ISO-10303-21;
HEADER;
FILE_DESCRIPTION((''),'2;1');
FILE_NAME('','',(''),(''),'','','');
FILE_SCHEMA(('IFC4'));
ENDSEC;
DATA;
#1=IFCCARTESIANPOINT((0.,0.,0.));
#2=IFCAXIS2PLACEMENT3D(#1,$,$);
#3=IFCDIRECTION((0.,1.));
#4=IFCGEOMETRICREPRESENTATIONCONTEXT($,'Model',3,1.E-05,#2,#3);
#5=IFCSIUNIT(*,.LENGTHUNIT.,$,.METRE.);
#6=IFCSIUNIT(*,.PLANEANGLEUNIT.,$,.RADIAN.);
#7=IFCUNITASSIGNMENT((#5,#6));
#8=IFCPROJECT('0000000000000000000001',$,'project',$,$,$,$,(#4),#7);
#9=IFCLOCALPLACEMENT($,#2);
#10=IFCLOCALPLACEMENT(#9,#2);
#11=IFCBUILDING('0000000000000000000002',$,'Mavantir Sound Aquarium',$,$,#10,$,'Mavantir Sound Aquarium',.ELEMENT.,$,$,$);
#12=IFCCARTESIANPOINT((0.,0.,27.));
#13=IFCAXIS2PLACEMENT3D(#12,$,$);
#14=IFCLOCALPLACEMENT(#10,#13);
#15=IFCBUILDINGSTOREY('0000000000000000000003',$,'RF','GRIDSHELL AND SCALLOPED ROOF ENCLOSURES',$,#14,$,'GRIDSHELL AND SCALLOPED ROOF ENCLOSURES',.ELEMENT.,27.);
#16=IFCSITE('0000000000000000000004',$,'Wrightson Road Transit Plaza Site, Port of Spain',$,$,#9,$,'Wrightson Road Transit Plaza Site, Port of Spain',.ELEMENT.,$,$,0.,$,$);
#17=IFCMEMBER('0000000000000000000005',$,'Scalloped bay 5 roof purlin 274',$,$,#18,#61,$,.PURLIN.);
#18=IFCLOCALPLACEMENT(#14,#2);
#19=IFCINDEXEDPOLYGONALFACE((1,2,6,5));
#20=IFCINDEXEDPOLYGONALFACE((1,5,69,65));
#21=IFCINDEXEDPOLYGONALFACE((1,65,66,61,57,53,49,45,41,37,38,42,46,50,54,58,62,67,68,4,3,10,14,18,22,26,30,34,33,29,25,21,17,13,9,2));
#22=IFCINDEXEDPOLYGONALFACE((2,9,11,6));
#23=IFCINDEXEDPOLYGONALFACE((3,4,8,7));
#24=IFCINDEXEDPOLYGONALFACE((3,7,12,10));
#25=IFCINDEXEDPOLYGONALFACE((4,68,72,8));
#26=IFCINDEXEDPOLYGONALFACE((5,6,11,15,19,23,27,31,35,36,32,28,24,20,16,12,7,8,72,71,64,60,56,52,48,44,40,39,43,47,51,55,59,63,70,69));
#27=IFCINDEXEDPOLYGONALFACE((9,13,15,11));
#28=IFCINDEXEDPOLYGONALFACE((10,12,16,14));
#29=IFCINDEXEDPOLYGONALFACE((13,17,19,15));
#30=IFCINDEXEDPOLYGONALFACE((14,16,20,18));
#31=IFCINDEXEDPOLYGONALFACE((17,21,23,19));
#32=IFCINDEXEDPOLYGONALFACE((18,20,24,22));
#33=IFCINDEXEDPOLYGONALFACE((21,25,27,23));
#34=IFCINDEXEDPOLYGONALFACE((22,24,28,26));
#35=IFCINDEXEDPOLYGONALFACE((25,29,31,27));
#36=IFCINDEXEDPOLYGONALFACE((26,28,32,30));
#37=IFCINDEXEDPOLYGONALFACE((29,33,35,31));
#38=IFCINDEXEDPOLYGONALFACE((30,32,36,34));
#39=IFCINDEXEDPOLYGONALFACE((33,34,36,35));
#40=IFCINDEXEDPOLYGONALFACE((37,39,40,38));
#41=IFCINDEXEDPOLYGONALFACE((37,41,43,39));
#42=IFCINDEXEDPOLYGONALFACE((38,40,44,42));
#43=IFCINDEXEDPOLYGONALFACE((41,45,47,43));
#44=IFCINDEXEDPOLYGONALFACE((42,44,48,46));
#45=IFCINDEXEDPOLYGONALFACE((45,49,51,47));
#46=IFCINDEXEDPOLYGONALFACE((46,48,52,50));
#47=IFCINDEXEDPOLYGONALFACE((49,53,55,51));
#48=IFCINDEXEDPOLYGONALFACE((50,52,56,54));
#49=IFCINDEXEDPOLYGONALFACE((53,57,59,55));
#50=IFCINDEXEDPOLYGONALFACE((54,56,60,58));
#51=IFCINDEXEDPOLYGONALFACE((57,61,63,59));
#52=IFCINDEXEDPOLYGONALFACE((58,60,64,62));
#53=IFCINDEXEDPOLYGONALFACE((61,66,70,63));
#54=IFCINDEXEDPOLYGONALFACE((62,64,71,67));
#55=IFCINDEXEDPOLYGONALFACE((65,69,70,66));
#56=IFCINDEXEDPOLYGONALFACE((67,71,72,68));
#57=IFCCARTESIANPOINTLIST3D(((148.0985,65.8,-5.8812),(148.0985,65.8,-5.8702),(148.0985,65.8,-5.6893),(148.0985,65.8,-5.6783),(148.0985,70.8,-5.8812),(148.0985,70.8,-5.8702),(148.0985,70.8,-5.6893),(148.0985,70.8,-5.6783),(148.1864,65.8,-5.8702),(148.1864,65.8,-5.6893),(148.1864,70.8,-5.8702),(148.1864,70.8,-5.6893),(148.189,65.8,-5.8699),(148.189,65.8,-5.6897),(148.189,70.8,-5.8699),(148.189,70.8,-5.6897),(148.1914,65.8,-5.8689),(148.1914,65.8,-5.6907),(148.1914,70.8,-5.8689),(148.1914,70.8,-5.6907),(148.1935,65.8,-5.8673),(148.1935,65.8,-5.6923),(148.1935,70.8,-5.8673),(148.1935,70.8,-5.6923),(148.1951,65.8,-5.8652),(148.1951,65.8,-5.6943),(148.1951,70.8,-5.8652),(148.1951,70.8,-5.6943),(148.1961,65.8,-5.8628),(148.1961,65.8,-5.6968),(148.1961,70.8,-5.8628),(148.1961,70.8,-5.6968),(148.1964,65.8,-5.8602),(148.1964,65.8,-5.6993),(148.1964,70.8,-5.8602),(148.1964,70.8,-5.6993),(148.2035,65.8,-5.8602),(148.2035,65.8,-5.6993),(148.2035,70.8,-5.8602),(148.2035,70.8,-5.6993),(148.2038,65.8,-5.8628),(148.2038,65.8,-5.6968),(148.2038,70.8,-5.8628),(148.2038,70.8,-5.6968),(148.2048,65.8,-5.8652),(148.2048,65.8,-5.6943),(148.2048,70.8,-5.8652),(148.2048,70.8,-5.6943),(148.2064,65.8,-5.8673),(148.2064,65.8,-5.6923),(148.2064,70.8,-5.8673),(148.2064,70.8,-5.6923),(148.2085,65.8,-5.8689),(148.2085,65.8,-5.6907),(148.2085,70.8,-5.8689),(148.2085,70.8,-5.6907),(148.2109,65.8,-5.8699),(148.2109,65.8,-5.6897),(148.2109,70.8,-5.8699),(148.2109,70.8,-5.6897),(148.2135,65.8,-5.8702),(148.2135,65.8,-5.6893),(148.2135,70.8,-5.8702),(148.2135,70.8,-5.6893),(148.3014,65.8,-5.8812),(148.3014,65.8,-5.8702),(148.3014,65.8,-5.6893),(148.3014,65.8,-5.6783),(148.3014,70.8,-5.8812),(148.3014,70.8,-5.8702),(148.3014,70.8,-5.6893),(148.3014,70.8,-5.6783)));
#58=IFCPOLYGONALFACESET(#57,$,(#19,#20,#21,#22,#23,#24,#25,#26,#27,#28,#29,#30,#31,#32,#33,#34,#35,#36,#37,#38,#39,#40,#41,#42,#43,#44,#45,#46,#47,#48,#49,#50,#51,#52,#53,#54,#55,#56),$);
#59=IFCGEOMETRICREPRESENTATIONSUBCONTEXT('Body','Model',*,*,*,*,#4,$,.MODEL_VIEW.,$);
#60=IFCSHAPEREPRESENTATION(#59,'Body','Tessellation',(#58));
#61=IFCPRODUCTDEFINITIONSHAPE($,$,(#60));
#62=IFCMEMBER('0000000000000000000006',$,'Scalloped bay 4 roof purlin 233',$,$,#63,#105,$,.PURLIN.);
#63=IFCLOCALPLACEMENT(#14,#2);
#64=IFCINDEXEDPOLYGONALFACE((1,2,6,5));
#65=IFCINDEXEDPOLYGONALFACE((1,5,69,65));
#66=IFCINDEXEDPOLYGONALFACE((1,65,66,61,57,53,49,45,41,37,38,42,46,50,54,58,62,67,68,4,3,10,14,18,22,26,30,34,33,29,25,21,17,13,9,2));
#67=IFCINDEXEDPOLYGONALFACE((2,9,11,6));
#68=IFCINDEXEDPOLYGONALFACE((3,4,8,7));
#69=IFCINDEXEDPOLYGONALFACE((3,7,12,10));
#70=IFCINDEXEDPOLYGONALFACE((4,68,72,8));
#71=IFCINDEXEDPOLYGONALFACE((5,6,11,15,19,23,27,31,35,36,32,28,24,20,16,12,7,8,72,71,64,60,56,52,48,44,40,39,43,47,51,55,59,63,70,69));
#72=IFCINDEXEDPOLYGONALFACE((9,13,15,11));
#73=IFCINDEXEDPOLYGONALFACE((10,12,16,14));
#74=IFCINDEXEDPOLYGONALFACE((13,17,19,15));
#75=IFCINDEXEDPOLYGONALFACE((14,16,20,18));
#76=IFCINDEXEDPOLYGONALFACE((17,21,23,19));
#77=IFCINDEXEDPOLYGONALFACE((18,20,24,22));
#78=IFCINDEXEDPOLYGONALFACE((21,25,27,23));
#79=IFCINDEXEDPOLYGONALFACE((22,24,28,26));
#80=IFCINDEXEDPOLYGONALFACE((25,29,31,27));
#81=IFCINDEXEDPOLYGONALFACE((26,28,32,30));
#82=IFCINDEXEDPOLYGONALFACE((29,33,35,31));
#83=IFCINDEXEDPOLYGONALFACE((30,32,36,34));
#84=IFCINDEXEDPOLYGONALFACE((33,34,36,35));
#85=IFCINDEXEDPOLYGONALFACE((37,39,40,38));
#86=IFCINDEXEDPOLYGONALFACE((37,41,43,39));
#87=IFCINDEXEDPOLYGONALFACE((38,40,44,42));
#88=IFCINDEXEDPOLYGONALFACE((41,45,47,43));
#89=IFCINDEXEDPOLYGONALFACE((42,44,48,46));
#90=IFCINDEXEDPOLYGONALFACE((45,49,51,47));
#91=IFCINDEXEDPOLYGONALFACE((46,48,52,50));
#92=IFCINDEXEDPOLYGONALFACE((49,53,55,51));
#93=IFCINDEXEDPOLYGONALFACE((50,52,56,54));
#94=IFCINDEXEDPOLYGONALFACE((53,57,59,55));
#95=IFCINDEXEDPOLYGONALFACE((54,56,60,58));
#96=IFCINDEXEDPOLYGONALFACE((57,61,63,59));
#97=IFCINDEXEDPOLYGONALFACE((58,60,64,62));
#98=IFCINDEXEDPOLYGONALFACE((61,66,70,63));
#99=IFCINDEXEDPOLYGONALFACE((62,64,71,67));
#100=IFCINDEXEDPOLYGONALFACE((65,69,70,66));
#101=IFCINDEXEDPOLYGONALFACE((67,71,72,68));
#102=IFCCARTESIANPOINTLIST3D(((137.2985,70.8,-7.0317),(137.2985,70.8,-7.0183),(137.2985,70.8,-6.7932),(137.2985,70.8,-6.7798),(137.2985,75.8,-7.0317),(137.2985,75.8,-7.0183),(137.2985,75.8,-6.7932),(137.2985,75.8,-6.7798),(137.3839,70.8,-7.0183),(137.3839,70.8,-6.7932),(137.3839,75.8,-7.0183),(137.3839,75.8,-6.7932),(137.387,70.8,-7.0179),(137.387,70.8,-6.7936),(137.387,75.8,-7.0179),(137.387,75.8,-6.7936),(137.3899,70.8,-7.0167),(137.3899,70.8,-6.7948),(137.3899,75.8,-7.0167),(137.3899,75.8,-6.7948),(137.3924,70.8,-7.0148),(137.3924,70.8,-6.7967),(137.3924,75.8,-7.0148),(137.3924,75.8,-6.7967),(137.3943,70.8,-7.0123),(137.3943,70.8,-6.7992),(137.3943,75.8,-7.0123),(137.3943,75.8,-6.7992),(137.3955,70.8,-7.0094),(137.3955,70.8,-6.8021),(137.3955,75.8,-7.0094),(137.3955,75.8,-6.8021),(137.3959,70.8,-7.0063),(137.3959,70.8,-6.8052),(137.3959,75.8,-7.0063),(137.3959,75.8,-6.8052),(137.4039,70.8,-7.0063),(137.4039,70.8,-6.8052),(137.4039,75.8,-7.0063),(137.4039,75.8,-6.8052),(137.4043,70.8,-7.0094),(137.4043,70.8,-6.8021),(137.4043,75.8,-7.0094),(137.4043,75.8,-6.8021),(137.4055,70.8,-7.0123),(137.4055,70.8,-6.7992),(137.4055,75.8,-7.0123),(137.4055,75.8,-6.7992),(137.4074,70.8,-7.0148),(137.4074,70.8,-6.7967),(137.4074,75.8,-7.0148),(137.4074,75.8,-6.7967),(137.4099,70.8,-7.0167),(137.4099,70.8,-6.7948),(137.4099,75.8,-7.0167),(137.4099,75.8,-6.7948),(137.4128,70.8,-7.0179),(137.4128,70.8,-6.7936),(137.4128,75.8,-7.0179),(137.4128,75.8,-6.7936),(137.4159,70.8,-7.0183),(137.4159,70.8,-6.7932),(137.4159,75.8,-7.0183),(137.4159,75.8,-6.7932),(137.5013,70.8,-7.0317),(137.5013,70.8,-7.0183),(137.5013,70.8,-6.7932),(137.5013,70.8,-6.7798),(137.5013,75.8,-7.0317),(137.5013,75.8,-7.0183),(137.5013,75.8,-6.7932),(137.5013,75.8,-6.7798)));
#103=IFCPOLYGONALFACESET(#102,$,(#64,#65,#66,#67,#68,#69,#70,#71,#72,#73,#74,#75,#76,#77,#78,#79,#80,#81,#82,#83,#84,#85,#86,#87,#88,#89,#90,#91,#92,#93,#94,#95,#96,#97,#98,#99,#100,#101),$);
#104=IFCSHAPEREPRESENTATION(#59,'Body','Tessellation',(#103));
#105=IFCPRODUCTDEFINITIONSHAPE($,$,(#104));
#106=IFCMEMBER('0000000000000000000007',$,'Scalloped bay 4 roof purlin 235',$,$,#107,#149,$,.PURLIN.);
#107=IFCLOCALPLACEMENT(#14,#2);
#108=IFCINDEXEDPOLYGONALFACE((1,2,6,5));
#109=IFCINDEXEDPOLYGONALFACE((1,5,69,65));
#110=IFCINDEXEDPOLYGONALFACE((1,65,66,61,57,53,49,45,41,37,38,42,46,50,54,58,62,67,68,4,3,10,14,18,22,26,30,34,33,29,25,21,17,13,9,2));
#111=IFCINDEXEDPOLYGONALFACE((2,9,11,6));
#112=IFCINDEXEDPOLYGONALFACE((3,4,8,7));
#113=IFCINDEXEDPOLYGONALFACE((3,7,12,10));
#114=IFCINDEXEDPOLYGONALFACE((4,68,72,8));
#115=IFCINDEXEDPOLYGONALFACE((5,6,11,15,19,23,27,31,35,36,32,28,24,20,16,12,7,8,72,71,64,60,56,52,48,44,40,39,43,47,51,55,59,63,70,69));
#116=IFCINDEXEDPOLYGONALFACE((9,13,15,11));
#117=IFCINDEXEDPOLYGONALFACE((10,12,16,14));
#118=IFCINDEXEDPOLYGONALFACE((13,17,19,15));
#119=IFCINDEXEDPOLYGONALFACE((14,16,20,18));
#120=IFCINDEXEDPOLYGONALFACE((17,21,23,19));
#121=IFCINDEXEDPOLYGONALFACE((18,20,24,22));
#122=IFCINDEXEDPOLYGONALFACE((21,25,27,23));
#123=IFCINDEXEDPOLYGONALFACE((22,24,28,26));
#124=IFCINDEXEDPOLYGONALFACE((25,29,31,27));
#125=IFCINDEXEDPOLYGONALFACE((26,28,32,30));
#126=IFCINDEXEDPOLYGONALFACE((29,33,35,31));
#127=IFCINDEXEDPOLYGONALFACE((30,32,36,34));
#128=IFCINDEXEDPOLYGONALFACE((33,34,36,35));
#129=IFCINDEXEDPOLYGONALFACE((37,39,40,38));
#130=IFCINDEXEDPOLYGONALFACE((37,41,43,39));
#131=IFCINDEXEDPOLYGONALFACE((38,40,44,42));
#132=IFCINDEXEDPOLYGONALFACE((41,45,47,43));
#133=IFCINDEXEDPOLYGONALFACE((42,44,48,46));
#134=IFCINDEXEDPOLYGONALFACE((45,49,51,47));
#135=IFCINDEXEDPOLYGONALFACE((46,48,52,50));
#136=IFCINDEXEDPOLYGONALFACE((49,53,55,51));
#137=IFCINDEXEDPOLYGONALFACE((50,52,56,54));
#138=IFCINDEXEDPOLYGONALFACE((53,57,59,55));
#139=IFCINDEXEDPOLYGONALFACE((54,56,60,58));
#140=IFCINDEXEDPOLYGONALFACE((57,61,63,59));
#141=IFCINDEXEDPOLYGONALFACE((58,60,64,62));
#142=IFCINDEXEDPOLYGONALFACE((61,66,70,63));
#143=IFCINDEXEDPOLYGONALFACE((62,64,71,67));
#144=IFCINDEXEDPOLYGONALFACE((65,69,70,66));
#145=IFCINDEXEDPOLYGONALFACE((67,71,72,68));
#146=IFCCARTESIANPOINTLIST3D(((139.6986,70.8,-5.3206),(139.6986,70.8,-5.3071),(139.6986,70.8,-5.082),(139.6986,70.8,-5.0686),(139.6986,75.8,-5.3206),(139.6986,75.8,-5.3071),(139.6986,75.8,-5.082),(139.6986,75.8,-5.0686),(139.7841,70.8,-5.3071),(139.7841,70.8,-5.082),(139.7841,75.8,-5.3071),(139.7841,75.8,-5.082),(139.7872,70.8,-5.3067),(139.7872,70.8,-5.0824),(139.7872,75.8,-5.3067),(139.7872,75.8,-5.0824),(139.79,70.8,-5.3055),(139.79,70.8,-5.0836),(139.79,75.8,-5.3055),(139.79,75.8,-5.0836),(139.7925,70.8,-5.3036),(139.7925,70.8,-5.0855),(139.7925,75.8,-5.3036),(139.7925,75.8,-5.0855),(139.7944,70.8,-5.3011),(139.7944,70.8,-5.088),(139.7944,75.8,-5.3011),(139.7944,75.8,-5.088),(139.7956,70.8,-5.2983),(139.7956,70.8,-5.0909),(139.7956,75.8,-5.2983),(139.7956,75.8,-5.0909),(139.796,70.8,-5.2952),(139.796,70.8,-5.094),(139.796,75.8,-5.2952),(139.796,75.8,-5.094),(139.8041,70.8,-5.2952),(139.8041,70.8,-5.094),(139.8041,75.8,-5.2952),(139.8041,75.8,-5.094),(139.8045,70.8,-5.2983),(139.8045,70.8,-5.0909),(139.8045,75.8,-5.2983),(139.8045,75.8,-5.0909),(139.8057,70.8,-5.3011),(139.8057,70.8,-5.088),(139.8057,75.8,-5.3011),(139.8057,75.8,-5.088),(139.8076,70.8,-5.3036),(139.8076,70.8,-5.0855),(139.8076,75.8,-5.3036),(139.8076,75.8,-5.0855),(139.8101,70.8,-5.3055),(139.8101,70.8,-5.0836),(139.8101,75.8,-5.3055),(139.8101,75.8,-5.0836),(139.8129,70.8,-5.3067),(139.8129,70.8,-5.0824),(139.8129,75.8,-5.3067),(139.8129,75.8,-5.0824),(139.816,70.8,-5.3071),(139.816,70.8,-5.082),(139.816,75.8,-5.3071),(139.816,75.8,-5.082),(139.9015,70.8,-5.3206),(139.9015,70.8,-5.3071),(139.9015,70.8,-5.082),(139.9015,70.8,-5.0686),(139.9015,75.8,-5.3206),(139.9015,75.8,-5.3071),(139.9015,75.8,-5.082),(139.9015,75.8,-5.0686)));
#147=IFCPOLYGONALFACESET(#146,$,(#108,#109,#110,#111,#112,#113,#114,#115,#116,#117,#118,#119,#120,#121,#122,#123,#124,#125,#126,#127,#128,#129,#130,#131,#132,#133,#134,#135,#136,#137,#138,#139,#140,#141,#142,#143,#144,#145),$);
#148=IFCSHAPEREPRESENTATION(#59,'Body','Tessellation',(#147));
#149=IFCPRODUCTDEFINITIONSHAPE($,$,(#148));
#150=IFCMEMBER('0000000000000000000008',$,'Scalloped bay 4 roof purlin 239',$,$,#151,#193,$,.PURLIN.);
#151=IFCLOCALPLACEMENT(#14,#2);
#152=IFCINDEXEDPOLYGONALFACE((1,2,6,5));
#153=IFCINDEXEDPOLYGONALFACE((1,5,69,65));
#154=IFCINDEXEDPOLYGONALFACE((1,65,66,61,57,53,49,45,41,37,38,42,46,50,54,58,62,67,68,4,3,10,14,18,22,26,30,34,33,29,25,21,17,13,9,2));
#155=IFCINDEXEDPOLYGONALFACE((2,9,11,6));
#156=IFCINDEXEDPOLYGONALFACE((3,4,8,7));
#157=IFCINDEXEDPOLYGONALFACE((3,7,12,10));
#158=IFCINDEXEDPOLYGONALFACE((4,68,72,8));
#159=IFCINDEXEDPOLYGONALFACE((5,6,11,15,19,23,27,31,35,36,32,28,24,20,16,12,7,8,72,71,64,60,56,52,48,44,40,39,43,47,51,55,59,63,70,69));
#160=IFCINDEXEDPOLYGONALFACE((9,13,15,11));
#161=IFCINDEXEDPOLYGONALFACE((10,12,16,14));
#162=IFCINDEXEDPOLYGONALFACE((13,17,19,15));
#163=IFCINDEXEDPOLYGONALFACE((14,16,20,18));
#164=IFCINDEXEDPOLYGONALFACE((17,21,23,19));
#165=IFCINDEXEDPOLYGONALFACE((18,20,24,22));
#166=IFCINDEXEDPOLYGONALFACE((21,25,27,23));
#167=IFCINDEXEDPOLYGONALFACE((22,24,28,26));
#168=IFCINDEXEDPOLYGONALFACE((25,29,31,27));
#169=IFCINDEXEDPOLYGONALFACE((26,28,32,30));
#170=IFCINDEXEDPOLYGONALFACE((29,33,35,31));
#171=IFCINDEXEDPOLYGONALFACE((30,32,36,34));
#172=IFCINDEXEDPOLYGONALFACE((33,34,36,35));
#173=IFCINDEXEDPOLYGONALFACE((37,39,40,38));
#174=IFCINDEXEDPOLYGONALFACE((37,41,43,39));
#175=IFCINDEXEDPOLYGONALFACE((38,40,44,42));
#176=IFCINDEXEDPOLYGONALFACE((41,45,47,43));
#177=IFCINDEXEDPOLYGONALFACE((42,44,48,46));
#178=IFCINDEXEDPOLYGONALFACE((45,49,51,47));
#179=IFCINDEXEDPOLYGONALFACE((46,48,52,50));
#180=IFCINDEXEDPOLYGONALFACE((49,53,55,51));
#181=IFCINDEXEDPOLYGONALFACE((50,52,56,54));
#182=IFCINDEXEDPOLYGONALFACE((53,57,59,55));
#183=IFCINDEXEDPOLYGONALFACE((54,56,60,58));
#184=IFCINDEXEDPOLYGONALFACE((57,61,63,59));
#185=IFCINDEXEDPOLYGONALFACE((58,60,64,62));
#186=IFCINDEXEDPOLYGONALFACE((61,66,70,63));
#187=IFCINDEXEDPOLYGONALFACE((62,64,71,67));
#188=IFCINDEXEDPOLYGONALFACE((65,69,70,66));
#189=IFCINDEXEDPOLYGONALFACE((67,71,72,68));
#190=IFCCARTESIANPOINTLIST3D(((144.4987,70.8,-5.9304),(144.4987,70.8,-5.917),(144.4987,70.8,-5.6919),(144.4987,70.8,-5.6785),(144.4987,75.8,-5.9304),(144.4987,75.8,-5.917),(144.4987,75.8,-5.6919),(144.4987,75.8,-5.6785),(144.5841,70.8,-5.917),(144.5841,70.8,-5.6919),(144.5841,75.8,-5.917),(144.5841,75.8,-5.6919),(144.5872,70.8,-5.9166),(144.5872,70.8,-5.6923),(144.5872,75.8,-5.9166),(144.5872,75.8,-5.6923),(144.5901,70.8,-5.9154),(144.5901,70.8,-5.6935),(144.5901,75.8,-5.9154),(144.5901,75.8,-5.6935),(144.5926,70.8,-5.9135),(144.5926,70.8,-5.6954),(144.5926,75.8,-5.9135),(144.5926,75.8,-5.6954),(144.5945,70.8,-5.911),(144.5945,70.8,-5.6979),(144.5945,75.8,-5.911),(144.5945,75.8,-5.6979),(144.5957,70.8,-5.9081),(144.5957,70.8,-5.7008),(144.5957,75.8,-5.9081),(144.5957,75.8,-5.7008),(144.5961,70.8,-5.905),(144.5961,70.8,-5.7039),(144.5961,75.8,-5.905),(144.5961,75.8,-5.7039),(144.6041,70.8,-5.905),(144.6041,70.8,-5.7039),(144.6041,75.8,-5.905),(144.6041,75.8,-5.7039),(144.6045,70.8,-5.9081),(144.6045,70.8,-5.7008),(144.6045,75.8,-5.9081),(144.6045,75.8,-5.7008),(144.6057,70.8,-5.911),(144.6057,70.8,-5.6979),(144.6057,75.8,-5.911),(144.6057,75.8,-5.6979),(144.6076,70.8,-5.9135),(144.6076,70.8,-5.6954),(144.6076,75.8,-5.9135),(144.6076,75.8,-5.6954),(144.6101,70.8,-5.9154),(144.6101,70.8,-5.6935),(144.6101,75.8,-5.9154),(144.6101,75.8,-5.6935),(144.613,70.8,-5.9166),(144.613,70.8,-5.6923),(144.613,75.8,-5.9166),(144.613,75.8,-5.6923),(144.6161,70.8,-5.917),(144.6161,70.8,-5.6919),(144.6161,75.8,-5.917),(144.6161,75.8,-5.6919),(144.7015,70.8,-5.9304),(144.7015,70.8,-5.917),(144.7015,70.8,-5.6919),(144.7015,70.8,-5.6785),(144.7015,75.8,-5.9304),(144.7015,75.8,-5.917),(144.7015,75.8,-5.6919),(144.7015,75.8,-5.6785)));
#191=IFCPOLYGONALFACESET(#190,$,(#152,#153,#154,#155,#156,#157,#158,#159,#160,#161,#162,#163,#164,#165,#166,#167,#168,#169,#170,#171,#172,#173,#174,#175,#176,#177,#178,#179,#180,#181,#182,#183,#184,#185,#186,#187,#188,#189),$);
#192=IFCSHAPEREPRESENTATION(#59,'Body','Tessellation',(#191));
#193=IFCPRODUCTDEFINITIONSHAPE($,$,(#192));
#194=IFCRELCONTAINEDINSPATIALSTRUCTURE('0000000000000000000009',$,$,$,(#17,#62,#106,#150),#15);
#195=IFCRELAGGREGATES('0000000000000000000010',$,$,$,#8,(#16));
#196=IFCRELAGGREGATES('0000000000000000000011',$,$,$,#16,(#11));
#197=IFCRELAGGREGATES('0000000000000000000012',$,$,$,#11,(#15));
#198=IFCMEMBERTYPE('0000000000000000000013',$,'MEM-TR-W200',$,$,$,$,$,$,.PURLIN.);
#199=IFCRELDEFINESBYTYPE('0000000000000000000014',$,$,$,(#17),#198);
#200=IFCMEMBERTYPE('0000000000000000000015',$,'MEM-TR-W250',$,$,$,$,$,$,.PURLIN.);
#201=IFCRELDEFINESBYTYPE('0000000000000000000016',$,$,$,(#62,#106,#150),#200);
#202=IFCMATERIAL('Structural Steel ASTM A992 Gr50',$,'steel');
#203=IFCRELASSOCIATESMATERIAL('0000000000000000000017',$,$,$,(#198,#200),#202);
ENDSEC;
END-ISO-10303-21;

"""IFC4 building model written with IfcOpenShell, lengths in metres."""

from ifc_helpers import new_model, si_unit, direction, frame, origin, origin_2d, place, context, subcontext, project, spatial, i_section, extrude, material, material_profile, profile_set, type_object, element, save


model = new_model("IFC4")

# Units and contexts
model_context = context("Model", 3, precision=1e-05, world=origin(), true_north=direction((0.0, 1.0)))
body_context = subcontext(model_context, "Body", "Model", "MODEL_VIEW")
ifc_project = project(units=[si_unit("LENGTHUNIT", "METRE"), si_unit("PLANEANGLEUNIT", "RADIAN")], contexts=[model_context])

# Site, building, storey
site_placement = place(None, origin())
site = spatial("IfcSite", under=ifc_project, at=site_placement, Name="Wrightson Road Transit Plaza Site, Port of Spain", LongName="Wrightson Road Transit Plaza Site, Port of Spain", CompositionType="ELEMENT", RefElevation=0.0)
building_placement = place(site_placement, origin())
building = spatial("IfcBuilding", under=site, at=building_placement, Name="Mavantir Sound Aquarium", LongName="Mavantir Sound Aquarium", CompositionType="ELEMENT")
storey_placement = place(building_placement, frame((0.0, 0.0, 27.0)))
storey = spatial("IfcBuildingStorey", under=building, at=storey_placement, Name="RF", Description="GRIDSHELL AND SCALLOPED ROOF ENCLOSURES", LongName="GRIDSHELL AND SCALLOPED ROOF ENCLOSURES", CompositionType="ELEMENT", Elevation=27.0)

# Shared definitions
ifc_material_1 = material(Name="Structural Steel ASTM A992 Gr50", Category="steel")

# Members
ifc_material_profile_1 = material_profile(ifc_material_1, i_section(OverallWidth=0.2029, OverallDepth=0.2029, WebThickness=0.0071, FlangeThickness=0.011, FilletRadius=0.01, at=origin_2d()), Name="W200X46")
ifc_profile_set_1 = profile_set([ifc_material_profile_1], Name="Structural Steel ASTM A992 Gr50")
member_type_1 = type_object("IfcMemberType", Name="MEM-TR-W200", PredefinedType="PURLIN", material=ifc_profile_set_1)
for number, where, z_axis, x_axis, name in (
    (1, (148.2, 65.8, -5.7798), (0.0, 1.0, 0.0), (-1.0, 0.0, 0.0), "Scalloped bay 5 roof purlin 274"),
):
    element("IfcMember", number, at=place(storey_placement, frame(where, z_axis=z_axis, x_axis=x_axis)), inside=storey, type_object=member_type_1, Name=name, PredefinedType="PURLIN", context=body_context, shape_type="SweptSolid", body=[
        extrude(i_section(OverallWidth=0.2029, OverallDepth=0.2029, WebThickness=0.0071, FlangeThickness=0.011, FilletRadius=0.01, at=origin_2d()), origin(), (0.0, 0.0, 1.0), 5.0),
    ])
ifc_material_profile_2 = material_profile(ifc_material_1, i_section(OverallWidth=0.2029, OverallDepth=0.252, WebThickness=0.0081, FlangeThickness=0.0134, FilletRadius=0.012, at=origin_2d()), Name="W250X58")
ifc_profile_set_2 = profile_set([ifc_material_profile_2], Name="Structural Steel ASTM A992 Gr50")
member_type_2 = type_object("IfcMemberType", Name="MEM-TR-W250", PredefinedType="PURLIN", material=ifc_profile_set_2)
for number, where, z_axis, x_axis, name in (
    (2, (137.3999, 70.8, -6.9058), (0.0, 1.0, 0.0), (-1.0, 0.0, 0.0), "Scalloped bay 4 roof purlin 233"),
    (3, (139.8, 70.8, -5.1946), (0.0, 1.0, 0.0), (-1.0, 0.0, 0.0), "Scalloped bay 4 roof purlin 235"),
    (4, (144.6001, 70.8, -5.8044), (0.0, 1.0, 0.0), (-1.0, 0.0, 0.0), "Scalloped bay 4 roof purlin 239"),
):
    element("IfcMember", number, at=place(storey_placement, frame(where, z_axis=z_axis, x_axis=x_axis)), inside=storey, type_object=member_type_2, Name=name, PredefinedType="PURLIN", context=body_context, shape_type="SweptSolid", body=[
        extrude(i_section(OverallWidth=0.2029, OverallDepth=0.252, WebThickness=0.0081, FlangeThickness=0.0134, FilletRadius=0.012, at=origin_2d()), origin(), (0.0, 0.0, 1.0), 5.0),
    ])

save(model, "model.ifc")
